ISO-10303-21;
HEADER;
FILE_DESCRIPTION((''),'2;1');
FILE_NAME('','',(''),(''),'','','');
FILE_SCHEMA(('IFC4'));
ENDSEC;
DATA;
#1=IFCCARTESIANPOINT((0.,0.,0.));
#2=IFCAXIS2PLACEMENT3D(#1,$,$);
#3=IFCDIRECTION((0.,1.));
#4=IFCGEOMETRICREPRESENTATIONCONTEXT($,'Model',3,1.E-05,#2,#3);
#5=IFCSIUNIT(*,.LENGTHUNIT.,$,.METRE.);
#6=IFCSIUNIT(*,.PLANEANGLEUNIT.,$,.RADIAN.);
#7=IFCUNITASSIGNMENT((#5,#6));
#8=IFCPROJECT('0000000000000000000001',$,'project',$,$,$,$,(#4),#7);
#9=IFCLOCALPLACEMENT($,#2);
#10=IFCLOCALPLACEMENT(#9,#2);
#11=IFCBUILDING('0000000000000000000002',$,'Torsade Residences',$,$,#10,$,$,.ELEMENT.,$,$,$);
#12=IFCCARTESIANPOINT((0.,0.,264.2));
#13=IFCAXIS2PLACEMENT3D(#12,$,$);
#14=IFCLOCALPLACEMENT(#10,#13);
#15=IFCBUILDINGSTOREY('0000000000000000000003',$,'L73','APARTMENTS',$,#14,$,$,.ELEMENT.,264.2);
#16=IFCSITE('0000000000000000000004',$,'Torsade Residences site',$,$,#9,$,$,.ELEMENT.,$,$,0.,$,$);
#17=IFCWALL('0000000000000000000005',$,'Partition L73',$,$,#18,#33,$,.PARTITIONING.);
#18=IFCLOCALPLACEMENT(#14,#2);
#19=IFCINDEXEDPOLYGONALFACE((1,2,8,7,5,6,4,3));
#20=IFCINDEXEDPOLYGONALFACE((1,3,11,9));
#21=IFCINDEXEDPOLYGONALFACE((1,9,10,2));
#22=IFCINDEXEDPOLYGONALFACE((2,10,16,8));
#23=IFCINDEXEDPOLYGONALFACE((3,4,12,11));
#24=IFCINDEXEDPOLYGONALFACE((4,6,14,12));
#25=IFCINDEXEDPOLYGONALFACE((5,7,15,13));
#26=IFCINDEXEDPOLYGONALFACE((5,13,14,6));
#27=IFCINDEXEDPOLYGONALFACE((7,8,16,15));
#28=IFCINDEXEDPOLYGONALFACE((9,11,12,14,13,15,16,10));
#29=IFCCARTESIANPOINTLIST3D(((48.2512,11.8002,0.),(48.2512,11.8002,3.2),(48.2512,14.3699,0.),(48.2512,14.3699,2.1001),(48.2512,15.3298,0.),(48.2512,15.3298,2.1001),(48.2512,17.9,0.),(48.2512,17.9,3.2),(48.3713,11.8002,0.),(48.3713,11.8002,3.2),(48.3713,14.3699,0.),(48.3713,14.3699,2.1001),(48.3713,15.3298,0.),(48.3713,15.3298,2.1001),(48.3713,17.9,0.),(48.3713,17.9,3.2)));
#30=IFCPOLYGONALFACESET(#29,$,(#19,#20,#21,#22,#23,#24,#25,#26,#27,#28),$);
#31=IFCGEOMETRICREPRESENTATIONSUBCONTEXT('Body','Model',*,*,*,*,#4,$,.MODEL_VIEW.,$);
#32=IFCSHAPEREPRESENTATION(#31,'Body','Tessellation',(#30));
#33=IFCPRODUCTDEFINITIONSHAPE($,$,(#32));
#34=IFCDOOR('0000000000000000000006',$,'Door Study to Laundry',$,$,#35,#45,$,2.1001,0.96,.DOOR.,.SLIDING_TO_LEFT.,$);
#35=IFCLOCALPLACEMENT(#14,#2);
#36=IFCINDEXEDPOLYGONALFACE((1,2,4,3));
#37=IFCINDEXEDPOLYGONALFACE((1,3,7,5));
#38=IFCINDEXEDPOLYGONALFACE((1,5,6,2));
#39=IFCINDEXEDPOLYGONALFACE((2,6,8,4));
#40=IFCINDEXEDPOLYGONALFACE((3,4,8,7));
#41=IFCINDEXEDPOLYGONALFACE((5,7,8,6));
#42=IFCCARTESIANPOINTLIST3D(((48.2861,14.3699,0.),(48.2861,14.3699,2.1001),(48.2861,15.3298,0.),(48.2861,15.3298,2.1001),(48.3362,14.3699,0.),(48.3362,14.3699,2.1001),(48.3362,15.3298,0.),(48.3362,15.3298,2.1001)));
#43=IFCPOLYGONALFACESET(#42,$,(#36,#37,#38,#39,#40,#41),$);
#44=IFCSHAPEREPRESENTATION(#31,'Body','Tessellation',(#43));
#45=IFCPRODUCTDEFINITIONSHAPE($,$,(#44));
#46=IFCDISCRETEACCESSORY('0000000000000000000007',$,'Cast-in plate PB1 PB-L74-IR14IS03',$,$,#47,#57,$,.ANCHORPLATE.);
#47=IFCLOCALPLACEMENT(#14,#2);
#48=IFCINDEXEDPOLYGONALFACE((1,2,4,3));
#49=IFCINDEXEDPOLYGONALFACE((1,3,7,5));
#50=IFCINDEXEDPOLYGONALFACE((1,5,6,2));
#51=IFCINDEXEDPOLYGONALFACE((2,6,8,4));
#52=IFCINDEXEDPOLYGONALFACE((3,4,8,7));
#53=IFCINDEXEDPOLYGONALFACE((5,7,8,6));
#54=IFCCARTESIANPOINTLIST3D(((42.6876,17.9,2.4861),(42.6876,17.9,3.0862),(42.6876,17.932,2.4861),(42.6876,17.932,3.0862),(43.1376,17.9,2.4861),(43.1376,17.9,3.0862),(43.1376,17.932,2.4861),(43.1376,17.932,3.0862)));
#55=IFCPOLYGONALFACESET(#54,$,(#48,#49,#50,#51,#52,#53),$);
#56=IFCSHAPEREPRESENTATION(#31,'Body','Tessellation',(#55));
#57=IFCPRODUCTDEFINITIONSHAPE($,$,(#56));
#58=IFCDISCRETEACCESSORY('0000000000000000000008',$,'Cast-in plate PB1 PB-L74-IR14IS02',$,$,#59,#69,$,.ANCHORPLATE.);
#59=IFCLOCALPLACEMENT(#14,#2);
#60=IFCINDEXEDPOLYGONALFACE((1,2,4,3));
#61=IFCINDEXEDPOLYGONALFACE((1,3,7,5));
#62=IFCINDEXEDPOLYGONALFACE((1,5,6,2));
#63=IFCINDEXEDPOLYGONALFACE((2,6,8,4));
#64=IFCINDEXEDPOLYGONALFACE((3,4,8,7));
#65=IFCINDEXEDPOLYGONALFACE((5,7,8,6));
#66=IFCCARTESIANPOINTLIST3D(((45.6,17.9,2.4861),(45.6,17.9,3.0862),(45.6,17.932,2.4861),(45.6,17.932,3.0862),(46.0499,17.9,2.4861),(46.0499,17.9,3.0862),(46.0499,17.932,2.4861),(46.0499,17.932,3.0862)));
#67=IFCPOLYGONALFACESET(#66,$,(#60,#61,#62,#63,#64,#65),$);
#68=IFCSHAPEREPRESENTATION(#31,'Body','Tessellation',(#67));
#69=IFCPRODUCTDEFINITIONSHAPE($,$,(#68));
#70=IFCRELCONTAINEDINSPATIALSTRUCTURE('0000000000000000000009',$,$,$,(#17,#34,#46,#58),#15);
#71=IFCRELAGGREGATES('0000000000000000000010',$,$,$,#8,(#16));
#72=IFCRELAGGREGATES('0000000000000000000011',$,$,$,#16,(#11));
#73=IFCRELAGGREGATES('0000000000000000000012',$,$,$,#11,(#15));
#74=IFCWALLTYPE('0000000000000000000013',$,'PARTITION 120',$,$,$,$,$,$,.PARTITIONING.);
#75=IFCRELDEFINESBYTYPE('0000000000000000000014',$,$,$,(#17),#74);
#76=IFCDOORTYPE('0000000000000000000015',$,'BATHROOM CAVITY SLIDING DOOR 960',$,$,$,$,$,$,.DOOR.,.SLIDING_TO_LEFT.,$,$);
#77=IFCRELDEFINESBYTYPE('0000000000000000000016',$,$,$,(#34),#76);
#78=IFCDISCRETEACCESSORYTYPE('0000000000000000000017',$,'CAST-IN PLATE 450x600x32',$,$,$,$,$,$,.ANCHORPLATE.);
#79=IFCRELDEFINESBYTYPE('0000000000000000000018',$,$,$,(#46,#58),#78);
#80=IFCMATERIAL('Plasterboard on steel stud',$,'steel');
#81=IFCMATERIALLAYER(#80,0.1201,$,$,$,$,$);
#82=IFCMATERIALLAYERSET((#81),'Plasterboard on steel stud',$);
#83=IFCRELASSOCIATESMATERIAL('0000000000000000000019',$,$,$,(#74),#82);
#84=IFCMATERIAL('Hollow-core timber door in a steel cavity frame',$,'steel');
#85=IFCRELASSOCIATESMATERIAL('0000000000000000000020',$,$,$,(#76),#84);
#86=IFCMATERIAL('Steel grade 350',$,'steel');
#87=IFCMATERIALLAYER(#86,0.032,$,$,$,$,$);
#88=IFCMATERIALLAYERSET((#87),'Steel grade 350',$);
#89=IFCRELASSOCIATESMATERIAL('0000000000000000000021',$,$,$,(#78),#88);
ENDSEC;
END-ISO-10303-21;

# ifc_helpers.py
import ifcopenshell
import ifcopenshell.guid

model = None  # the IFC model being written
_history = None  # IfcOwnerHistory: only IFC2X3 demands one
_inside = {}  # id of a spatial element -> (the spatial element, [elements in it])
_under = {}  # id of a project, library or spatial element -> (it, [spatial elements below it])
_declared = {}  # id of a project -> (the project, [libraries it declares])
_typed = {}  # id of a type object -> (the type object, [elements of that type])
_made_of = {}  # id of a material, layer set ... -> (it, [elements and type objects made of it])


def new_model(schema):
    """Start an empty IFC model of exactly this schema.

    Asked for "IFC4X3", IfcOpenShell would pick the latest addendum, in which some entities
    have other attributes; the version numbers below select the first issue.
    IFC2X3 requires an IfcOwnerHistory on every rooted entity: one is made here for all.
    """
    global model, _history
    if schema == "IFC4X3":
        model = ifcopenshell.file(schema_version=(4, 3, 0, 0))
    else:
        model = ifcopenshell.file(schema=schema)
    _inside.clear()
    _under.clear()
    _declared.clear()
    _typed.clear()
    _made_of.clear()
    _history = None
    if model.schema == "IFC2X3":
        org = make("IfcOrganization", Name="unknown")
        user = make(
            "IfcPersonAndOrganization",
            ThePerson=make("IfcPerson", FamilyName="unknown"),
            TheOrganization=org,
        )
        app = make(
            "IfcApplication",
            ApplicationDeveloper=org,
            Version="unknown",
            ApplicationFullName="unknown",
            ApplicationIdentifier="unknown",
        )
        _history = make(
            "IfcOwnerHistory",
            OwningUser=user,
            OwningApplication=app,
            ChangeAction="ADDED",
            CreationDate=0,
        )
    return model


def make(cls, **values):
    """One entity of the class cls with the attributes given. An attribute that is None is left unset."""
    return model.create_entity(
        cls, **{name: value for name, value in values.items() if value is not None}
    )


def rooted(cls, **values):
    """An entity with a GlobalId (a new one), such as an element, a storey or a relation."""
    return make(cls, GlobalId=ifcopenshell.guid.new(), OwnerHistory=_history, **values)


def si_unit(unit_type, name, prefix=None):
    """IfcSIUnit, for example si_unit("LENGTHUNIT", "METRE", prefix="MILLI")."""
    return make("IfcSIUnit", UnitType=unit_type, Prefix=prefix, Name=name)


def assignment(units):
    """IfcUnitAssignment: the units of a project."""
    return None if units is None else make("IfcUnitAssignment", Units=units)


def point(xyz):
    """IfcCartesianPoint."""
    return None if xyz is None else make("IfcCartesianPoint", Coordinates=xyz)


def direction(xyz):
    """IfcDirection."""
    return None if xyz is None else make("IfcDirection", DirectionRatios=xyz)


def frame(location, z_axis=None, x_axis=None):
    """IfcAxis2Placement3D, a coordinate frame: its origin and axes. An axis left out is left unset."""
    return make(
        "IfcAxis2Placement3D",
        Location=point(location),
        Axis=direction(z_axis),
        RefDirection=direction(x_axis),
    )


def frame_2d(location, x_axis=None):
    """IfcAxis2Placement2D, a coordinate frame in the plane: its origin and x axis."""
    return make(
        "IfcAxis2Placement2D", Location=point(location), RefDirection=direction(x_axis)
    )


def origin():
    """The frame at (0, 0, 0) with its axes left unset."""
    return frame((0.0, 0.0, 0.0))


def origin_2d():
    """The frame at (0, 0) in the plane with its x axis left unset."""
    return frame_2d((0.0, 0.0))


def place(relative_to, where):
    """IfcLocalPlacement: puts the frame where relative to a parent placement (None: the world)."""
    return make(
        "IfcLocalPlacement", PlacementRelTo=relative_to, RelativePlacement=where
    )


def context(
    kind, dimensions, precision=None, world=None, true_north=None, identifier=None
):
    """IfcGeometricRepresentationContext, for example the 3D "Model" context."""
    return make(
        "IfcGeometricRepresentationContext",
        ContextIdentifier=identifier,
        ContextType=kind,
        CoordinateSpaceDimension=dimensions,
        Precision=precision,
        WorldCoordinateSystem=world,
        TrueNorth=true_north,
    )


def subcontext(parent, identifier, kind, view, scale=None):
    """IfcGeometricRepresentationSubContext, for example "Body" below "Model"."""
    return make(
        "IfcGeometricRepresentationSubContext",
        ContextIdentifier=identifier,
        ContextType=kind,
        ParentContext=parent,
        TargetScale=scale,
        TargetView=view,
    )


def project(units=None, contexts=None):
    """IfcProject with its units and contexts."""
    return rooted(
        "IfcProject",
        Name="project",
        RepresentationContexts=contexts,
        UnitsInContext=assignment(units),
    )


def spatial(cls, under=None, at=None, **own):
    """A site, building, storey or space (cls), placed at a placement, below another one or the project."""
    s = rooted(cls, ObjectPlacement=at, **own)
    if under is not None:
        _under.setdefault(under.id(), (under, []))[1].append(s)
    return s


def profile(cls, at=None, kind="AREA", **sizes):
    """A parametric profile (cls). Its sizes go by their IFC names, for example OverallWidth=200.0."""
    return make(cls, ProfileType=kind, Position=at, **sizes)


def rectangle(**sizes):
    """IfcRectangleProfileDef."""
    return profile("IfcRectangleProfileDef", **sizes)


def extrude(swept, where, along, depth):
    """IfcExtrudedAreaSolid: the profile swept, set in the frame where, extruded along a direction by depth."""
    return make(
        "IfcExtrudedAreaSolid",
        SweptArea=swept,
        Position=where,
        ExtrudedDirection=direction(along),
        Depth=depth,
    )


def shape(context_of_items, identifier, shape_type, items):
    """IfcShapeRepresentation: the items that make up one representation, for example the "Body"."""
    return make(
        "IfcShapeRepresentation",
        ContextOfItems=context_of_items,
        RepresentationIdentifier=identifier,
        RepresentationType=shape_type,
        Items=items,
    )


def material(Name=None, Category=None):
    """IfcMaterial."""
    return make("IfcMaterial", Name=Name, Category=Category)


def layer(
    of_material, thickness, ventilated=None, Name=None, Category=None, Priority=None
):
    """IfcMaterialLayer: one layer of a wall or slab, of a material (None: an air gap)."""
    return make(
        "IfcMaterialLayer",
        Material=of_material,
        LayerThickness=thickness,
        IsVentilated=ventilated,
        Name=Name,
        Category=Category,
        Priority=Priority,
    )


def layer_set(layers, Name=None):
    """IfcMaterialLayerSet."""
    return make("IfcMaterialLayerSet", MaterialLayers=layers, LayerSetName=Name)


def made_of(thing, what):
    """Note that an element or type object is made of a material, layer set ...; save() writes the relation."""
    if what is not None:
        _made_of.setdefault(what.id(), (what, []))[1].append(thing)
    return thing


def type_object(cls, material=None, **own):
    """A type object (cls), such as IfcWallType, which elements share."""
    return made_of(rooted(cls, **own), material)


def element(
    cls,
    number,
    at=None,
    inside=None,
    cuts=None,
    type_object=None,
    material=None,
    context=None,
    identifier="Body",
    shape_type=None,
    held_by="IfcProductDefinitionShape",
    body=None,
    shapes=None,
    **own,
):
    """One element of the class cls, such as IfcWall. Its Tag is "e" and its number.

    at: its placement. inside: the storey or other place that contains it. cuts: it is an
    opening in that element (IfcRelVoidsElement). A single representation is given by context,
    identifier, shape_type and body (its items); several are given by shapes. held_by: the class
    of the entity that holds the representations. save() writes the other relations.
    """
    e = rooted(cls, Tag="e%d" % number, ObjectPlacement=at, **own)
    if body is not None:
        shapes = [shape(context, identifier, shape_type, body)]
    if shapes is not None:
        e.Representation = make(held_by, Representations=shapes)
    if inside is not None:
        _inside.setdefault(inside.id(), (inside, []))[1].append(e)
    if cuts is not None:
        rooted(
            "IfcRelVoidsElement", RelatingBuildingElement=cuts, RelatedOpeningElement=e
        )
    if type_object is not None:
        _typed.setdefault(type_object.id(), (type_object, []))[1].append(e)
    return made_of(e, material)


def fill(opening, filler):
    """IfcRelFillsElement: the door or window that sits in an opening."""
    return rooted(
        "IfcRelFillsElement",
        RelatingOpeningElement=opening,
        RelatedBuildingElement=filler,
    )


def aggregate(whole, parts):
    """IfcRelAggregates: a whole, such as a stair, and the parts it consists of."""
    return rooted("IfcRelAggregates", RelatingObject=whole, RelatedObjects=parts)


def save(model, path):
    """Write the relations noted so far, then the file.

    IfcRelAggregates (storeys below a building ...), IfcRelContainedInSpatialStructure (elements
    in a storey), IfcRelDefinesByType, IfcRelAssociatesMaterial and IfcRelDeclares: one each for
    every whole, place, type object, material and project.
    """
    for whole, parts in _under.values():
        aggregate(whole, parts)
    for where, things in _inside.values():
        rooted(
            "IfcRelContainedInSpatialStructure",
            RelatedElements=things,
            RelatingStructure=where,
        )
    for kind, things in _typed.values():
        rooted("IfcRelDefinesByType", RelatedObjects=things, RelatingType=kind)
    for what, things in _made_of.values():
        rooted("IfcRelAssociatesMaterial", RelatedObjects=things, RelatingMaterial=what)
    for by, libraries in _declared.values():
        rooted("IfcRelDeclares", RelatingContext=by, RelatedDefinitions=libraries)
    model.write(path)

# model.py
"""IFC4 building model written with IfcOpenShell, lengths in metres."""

from ifc_helpers import new_model, si_unit, direction, frame, frame_2d, origin, origin_2d, place, context, subcontext, project, spatial, rectangle, extrude, material, layer, layer_set, type_object, element, fill, save


model = new_model("IFC4")

# Units and contexts
model_context = context("Model", 3, precision=1e-05, world=origin(), true_north=direction((0.0, 1.0)))
body_context = subcontext(model_context, "Body", "Model", "MODEL_VIEW")
ifc_project = project(units=[si_unit("LENGTHUNIT", "METRE"), si_unit("PLANEANGLEUNIT", "RADIAN")], contexts=[model_context])

# Site, building, storey
site_placement = place(None, origin())
site = spatial("IfcSite", under=ifc_project, at=site_placement, Name="Torsade Residences site", CompositionType="ELEMENT", RefElevation=0.0)
building_placement = place(site_placement, origin())
building = spatial("IfcBuilding", under=site, at=building_placement, Name="Torsade Residences", CompositionType="ELEMENT")
storey_placement = place(building_placement, frame((0.0, 0.0, 264.2)))
storey = spatial("IfcBuildingStorey", under=building, at=storey_placement, Name="L73", Description="APARTMENTS", CompositionType="ELEMENT", Elevation=264.2)

# Wall, opening, door
ifc_material_1 = material(Name="Plasterboard on steel stud", Category="steel")
ifc_layer_1 = layer(ifc_material_1, 0.1201)
ifc_layer_set_1 = layer_set([ifc_layer_1], Name="Plasterboard on steel stud")
wall_type = type_object("IfcWallType", Name="PARTITION 120", PredefinedType="PARTITIONING", material=ifc_layer_set_1)
ifc_material_2 = material(Name="Hollow-core timber door in a steel cavity frame", Category="steel")
door_type = type_object("IfcDoorType", Name="BATHROOM CAVITY SLIDING DOOR 960", OperationType="SLIDING_TO_LEFT", PredefinedType="DOOR", material=ifc_material_2)
wall_1_placement = place(storey_placement, frame((48.3113, 17.8999, 0.0), z_axis=(0.0, 0.0, 1.0), x_axis=(0.0, -1.0, 0.0)))
wall_1 = element("IfcWall", 1, at=wall_1_placement, inside=storey, type_object=wall_type, Name="Partition L73", PredefinedType="PARTITIONING", context=body_context, shape_type="SweptSolid", body=[
    extrude(rectangle(XDim=6.0999, YDim=0.1201, at=frame_2d((3.0498, 0.0))), origin(), (0.0, 0.0, 1.0), 3.2),
])
opening_1_placement = place(wall_1_placement, frame((2.5701, 0.0, 0.0)))
opening_1 = element("IfcOpeningElement", 2, at=opening_1_placement, cuts=wall_1, PredefinedType="OPENING", context=body_context, shape_type="SweptSolid", body=[
    extrude(rectangle(XDim=0.96, YDim=2.1001, at=frame_2d((0.48, 1.05))), frame((0.0, 0.0701, 0.0), z_axis=(0.0, -1.0, 0.0), x_axis=(1.0, 0.0, 0.0)), (0.0, 0.0, 1.0), 0.1401),
])
door_1_placement = place(opening_1_placement, origin())
door_1 = element("IfcDoor", 3, at=door_1_placement, inside=storey, type_object=door_type, Name="Door Study to Laundry", OperationType="SLIDING_TO_LEFT", OverallHeight=2.1001, OverallWidth=0.96, PredefinedType="DOOR", context=body_context, shape_type="SweptSolid", body=[
    extrude(rectangle(XDim=0.96, YDim=2.1001, at=frame_2d((0.48, 1.05))), frame((0.0, 0.0249, 0.0), z_axis=(0.0, -1.0, 0.0), x_axis=(1.0, 0.0, 0.0)), (0.0, 0.0, 1.0), 0.05),
])
fill(opening_1, door_1)

# Discrete accessories
ifc_material_3 = material(Name="Steel grade 350", Category="steel")
ifc_layer_2 = layer(ifc_material_3, 0.032)
ifc_layer_set_2 = layer_set([ifc_layer_2], Name="Steel grade 350")
discrete_accessory_type = type_object("IfcDiscreteAccessoryType", Name="CAST-IN PLATE 450x600x32", PredefinedType="ANCHORPLATE", material=ifc_layer_set_2)
for number, where, z_axis, x_axis, name in (
    (4, (42.9126, 17.916, 2.4861), (0.0, 0.0, 1.0), (1.0, 0.0, 0.0), "Cast-in plate PB1 PB-L74-IR14IS03"),
    (5, (45.825, 17.916, 2.4861), (0.0, 0.0, 1.0), (1.0, 0.0, 0.0), "Cast-in plate PB1 PB-L74-IR14IS02"),
):
    element("IfcDiscreteAccessory", number, at=place(storey_placement, frame(where, z_axis=z_axis, x_axis=x_axis)), inside=storey, type_object=discrete_accessory_type, Name=name, PredefinedType="ANCHORPLATE", context=body_context, shape_type="SweptSolid", body=[
        extrude(rectangle(XDim=0.45, YDim=0.032, at=origin_2d()), origin(), (0.0, 0.0, 1.0), 0.6001),
    ])

save(model, "model.ifc")
